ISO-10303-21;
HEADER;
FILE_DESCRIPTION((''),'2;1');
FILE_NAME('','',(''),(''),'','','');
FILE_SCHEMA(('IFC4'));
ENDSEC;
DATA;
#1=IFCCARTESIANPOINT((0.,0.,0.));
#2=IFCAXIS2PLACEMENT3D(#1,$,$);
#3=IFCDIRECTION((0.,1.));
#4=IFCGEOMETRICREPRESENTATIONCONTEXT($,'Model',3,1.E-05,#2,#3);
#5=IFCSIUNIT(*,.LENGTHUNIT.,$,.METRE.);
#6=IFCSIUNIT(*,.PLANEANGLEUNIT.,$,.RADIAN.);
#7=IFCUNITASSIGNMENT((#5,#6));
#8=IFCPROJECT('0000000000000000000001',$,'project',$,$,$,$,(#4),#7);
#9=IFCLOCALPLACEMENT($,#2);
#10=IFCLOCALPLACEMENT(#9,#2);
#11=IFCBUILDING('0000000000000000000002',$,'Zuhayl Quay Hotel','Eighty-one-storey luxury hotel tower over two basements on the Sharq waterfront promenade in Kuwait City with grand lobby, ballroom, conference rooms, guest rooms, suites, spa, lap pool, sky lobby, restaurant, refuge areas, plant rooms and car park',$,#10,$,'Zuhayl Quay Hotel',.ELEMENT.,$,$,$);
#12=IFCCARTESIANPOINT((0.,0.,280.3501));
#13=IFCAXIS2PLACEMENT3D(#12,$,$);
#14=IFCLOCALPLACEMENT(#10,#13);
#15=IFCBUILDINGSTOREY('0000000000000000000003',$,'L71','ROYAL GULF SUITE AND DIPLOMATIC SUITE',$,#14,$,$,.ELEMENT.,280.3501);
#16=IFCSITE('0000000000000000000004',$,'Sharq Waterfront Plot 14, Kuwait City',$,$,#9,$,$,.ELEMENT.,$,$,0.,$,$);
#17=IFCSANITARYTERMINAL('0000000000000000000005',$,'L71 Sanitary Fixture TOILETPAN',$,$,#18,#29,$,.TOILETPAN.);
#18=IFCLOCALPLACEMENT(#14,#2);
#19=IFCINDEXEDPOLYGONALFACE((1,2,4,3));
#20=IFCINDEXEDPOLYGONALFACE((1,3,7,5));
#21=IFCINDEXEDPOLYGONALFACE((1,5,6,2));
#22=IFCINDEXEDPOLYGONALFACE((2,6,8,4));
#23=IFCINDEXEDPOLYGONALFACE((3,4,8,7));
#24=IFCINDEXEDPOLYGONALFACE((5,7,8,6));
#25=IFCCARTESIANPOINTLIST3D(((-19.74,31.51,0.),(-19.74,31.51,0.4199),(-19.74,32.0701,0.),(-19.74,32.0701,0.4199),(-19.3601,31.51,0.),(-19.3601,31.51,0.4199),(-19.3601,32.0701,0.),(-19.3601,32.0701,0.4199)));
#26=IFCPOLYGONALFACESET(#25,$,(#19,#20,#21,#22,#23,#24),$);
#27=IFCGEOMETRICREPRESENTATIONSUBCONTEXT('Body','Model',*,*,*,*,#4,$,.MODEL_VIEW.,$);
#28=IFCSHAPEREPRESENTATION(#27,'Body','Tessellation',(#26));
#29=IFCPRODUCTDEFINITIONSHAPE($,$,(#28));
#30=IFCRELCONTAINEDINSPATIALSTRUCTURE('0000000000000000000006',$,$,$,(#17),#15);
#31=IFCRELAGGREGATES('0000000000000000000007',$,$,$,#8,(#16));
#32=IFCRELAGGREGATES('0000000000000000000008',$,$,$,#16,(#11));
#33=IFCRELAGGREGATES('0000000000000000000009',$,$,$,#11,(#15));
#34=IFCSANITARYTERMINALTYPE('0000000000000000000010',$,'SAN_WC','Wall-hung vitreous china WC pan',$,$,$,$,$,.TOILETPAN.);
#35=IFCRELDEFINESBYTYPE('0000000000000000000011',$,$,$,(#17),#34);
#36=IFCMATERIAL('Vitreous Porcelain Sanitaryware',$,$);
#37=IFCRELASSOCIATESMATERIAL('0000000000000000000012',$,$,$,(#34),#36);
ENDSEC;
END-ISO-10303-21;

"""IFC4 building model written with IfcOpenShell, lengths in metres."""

from ifc_helpers import new_model, si_unit, direction, frame, origin, origin_2d, place, context, subcontext, project, spatial, rectangle, extrude, material, type_object, element, save


model = new_model("IFC4")

# Units and contexts
model_context = context("Model", 3, precision=1e-05, world=origin(), true_north=direction((0.0, 1.0)))
body_context = subcontext(model_context, "Body", "Model", "MODEL_VIEW")
ifc_project = project(units=[si_unit("LENGTHUNIT", "METRE"), si_unit("PLANEANGLEUNIT", "RADIAN")], contexts=[model_context])

# Site, building, storey
site_placement = place(None, origin())
site = spatial("IfcSite", under=ifc_project, at=site_placement, Name="Sharq Waterfront Plot 14, Kuwait City", CompositionType="ELEMENT", RefElevation=0.0)
building_placement = place(site_placement, origin())
building = spatial("IfcBuilding", under=site, at=building_placement, Name="Zuhayl Quay Hotel", Description="Eighty-one-storey luxury hotel tower over two basements on the Sharq waterfront promenade in Kuwait City with grand lobby, ballroom, conference rooms, guest rooms, suites, spa, lap pool, sky lobby, restaurant, refuge areas, plant rooms and car park", LongName="Zuhayl Quay Hotel", CompositionType="ELEMENT")
storey_placement = place(building_placement, frame((0.0, 0.0, 280.3501)))
storey = spatial("IfcBuildingStorey", under=building, at=storey_placement, Name="L71", Description="ROYAL GULF SUITE AND DIPLOMATIC SUITE", CompositionType="ELEMENT", Elevation=280.3501)

# Sanitary terminal
ifc_material_1 = material(Name="Vitreous Porcelain Sanitaryware")
sanitary_terminal_type_1 = type_object("IfcSanitaryTerminalType", Name="SAN_WC", Description="Wall-hung vitreous china WC pan", PredefinedType="TOILETPAN", material=ifc_material_1)
sanitary_terminal_1_placement = place(storey_placement, frame((-19.55, 31.79, 0.0), z_axis=(0.0, 0.0, 1.0), x_axis=(1.0, 0.0, 0.0)))
element("IfcSanitaryTerminal", 1, at=sanitary_terminal_1_placement, inside=storey, type_object=sanitary_terminal_type_1, Name="L71 Sanitary Fixture TOILETPAN", PredefinedType="TOILETPAN", context=body_context, shape_type="SweptSolid", body=[
    extrude(rectangle(XDim=0.3799, YDim=0.5601, at=origin_2d()), origin(), (0.0, 0.0, 1.0), 0.4199),
])

save(model, "model.ifc")
